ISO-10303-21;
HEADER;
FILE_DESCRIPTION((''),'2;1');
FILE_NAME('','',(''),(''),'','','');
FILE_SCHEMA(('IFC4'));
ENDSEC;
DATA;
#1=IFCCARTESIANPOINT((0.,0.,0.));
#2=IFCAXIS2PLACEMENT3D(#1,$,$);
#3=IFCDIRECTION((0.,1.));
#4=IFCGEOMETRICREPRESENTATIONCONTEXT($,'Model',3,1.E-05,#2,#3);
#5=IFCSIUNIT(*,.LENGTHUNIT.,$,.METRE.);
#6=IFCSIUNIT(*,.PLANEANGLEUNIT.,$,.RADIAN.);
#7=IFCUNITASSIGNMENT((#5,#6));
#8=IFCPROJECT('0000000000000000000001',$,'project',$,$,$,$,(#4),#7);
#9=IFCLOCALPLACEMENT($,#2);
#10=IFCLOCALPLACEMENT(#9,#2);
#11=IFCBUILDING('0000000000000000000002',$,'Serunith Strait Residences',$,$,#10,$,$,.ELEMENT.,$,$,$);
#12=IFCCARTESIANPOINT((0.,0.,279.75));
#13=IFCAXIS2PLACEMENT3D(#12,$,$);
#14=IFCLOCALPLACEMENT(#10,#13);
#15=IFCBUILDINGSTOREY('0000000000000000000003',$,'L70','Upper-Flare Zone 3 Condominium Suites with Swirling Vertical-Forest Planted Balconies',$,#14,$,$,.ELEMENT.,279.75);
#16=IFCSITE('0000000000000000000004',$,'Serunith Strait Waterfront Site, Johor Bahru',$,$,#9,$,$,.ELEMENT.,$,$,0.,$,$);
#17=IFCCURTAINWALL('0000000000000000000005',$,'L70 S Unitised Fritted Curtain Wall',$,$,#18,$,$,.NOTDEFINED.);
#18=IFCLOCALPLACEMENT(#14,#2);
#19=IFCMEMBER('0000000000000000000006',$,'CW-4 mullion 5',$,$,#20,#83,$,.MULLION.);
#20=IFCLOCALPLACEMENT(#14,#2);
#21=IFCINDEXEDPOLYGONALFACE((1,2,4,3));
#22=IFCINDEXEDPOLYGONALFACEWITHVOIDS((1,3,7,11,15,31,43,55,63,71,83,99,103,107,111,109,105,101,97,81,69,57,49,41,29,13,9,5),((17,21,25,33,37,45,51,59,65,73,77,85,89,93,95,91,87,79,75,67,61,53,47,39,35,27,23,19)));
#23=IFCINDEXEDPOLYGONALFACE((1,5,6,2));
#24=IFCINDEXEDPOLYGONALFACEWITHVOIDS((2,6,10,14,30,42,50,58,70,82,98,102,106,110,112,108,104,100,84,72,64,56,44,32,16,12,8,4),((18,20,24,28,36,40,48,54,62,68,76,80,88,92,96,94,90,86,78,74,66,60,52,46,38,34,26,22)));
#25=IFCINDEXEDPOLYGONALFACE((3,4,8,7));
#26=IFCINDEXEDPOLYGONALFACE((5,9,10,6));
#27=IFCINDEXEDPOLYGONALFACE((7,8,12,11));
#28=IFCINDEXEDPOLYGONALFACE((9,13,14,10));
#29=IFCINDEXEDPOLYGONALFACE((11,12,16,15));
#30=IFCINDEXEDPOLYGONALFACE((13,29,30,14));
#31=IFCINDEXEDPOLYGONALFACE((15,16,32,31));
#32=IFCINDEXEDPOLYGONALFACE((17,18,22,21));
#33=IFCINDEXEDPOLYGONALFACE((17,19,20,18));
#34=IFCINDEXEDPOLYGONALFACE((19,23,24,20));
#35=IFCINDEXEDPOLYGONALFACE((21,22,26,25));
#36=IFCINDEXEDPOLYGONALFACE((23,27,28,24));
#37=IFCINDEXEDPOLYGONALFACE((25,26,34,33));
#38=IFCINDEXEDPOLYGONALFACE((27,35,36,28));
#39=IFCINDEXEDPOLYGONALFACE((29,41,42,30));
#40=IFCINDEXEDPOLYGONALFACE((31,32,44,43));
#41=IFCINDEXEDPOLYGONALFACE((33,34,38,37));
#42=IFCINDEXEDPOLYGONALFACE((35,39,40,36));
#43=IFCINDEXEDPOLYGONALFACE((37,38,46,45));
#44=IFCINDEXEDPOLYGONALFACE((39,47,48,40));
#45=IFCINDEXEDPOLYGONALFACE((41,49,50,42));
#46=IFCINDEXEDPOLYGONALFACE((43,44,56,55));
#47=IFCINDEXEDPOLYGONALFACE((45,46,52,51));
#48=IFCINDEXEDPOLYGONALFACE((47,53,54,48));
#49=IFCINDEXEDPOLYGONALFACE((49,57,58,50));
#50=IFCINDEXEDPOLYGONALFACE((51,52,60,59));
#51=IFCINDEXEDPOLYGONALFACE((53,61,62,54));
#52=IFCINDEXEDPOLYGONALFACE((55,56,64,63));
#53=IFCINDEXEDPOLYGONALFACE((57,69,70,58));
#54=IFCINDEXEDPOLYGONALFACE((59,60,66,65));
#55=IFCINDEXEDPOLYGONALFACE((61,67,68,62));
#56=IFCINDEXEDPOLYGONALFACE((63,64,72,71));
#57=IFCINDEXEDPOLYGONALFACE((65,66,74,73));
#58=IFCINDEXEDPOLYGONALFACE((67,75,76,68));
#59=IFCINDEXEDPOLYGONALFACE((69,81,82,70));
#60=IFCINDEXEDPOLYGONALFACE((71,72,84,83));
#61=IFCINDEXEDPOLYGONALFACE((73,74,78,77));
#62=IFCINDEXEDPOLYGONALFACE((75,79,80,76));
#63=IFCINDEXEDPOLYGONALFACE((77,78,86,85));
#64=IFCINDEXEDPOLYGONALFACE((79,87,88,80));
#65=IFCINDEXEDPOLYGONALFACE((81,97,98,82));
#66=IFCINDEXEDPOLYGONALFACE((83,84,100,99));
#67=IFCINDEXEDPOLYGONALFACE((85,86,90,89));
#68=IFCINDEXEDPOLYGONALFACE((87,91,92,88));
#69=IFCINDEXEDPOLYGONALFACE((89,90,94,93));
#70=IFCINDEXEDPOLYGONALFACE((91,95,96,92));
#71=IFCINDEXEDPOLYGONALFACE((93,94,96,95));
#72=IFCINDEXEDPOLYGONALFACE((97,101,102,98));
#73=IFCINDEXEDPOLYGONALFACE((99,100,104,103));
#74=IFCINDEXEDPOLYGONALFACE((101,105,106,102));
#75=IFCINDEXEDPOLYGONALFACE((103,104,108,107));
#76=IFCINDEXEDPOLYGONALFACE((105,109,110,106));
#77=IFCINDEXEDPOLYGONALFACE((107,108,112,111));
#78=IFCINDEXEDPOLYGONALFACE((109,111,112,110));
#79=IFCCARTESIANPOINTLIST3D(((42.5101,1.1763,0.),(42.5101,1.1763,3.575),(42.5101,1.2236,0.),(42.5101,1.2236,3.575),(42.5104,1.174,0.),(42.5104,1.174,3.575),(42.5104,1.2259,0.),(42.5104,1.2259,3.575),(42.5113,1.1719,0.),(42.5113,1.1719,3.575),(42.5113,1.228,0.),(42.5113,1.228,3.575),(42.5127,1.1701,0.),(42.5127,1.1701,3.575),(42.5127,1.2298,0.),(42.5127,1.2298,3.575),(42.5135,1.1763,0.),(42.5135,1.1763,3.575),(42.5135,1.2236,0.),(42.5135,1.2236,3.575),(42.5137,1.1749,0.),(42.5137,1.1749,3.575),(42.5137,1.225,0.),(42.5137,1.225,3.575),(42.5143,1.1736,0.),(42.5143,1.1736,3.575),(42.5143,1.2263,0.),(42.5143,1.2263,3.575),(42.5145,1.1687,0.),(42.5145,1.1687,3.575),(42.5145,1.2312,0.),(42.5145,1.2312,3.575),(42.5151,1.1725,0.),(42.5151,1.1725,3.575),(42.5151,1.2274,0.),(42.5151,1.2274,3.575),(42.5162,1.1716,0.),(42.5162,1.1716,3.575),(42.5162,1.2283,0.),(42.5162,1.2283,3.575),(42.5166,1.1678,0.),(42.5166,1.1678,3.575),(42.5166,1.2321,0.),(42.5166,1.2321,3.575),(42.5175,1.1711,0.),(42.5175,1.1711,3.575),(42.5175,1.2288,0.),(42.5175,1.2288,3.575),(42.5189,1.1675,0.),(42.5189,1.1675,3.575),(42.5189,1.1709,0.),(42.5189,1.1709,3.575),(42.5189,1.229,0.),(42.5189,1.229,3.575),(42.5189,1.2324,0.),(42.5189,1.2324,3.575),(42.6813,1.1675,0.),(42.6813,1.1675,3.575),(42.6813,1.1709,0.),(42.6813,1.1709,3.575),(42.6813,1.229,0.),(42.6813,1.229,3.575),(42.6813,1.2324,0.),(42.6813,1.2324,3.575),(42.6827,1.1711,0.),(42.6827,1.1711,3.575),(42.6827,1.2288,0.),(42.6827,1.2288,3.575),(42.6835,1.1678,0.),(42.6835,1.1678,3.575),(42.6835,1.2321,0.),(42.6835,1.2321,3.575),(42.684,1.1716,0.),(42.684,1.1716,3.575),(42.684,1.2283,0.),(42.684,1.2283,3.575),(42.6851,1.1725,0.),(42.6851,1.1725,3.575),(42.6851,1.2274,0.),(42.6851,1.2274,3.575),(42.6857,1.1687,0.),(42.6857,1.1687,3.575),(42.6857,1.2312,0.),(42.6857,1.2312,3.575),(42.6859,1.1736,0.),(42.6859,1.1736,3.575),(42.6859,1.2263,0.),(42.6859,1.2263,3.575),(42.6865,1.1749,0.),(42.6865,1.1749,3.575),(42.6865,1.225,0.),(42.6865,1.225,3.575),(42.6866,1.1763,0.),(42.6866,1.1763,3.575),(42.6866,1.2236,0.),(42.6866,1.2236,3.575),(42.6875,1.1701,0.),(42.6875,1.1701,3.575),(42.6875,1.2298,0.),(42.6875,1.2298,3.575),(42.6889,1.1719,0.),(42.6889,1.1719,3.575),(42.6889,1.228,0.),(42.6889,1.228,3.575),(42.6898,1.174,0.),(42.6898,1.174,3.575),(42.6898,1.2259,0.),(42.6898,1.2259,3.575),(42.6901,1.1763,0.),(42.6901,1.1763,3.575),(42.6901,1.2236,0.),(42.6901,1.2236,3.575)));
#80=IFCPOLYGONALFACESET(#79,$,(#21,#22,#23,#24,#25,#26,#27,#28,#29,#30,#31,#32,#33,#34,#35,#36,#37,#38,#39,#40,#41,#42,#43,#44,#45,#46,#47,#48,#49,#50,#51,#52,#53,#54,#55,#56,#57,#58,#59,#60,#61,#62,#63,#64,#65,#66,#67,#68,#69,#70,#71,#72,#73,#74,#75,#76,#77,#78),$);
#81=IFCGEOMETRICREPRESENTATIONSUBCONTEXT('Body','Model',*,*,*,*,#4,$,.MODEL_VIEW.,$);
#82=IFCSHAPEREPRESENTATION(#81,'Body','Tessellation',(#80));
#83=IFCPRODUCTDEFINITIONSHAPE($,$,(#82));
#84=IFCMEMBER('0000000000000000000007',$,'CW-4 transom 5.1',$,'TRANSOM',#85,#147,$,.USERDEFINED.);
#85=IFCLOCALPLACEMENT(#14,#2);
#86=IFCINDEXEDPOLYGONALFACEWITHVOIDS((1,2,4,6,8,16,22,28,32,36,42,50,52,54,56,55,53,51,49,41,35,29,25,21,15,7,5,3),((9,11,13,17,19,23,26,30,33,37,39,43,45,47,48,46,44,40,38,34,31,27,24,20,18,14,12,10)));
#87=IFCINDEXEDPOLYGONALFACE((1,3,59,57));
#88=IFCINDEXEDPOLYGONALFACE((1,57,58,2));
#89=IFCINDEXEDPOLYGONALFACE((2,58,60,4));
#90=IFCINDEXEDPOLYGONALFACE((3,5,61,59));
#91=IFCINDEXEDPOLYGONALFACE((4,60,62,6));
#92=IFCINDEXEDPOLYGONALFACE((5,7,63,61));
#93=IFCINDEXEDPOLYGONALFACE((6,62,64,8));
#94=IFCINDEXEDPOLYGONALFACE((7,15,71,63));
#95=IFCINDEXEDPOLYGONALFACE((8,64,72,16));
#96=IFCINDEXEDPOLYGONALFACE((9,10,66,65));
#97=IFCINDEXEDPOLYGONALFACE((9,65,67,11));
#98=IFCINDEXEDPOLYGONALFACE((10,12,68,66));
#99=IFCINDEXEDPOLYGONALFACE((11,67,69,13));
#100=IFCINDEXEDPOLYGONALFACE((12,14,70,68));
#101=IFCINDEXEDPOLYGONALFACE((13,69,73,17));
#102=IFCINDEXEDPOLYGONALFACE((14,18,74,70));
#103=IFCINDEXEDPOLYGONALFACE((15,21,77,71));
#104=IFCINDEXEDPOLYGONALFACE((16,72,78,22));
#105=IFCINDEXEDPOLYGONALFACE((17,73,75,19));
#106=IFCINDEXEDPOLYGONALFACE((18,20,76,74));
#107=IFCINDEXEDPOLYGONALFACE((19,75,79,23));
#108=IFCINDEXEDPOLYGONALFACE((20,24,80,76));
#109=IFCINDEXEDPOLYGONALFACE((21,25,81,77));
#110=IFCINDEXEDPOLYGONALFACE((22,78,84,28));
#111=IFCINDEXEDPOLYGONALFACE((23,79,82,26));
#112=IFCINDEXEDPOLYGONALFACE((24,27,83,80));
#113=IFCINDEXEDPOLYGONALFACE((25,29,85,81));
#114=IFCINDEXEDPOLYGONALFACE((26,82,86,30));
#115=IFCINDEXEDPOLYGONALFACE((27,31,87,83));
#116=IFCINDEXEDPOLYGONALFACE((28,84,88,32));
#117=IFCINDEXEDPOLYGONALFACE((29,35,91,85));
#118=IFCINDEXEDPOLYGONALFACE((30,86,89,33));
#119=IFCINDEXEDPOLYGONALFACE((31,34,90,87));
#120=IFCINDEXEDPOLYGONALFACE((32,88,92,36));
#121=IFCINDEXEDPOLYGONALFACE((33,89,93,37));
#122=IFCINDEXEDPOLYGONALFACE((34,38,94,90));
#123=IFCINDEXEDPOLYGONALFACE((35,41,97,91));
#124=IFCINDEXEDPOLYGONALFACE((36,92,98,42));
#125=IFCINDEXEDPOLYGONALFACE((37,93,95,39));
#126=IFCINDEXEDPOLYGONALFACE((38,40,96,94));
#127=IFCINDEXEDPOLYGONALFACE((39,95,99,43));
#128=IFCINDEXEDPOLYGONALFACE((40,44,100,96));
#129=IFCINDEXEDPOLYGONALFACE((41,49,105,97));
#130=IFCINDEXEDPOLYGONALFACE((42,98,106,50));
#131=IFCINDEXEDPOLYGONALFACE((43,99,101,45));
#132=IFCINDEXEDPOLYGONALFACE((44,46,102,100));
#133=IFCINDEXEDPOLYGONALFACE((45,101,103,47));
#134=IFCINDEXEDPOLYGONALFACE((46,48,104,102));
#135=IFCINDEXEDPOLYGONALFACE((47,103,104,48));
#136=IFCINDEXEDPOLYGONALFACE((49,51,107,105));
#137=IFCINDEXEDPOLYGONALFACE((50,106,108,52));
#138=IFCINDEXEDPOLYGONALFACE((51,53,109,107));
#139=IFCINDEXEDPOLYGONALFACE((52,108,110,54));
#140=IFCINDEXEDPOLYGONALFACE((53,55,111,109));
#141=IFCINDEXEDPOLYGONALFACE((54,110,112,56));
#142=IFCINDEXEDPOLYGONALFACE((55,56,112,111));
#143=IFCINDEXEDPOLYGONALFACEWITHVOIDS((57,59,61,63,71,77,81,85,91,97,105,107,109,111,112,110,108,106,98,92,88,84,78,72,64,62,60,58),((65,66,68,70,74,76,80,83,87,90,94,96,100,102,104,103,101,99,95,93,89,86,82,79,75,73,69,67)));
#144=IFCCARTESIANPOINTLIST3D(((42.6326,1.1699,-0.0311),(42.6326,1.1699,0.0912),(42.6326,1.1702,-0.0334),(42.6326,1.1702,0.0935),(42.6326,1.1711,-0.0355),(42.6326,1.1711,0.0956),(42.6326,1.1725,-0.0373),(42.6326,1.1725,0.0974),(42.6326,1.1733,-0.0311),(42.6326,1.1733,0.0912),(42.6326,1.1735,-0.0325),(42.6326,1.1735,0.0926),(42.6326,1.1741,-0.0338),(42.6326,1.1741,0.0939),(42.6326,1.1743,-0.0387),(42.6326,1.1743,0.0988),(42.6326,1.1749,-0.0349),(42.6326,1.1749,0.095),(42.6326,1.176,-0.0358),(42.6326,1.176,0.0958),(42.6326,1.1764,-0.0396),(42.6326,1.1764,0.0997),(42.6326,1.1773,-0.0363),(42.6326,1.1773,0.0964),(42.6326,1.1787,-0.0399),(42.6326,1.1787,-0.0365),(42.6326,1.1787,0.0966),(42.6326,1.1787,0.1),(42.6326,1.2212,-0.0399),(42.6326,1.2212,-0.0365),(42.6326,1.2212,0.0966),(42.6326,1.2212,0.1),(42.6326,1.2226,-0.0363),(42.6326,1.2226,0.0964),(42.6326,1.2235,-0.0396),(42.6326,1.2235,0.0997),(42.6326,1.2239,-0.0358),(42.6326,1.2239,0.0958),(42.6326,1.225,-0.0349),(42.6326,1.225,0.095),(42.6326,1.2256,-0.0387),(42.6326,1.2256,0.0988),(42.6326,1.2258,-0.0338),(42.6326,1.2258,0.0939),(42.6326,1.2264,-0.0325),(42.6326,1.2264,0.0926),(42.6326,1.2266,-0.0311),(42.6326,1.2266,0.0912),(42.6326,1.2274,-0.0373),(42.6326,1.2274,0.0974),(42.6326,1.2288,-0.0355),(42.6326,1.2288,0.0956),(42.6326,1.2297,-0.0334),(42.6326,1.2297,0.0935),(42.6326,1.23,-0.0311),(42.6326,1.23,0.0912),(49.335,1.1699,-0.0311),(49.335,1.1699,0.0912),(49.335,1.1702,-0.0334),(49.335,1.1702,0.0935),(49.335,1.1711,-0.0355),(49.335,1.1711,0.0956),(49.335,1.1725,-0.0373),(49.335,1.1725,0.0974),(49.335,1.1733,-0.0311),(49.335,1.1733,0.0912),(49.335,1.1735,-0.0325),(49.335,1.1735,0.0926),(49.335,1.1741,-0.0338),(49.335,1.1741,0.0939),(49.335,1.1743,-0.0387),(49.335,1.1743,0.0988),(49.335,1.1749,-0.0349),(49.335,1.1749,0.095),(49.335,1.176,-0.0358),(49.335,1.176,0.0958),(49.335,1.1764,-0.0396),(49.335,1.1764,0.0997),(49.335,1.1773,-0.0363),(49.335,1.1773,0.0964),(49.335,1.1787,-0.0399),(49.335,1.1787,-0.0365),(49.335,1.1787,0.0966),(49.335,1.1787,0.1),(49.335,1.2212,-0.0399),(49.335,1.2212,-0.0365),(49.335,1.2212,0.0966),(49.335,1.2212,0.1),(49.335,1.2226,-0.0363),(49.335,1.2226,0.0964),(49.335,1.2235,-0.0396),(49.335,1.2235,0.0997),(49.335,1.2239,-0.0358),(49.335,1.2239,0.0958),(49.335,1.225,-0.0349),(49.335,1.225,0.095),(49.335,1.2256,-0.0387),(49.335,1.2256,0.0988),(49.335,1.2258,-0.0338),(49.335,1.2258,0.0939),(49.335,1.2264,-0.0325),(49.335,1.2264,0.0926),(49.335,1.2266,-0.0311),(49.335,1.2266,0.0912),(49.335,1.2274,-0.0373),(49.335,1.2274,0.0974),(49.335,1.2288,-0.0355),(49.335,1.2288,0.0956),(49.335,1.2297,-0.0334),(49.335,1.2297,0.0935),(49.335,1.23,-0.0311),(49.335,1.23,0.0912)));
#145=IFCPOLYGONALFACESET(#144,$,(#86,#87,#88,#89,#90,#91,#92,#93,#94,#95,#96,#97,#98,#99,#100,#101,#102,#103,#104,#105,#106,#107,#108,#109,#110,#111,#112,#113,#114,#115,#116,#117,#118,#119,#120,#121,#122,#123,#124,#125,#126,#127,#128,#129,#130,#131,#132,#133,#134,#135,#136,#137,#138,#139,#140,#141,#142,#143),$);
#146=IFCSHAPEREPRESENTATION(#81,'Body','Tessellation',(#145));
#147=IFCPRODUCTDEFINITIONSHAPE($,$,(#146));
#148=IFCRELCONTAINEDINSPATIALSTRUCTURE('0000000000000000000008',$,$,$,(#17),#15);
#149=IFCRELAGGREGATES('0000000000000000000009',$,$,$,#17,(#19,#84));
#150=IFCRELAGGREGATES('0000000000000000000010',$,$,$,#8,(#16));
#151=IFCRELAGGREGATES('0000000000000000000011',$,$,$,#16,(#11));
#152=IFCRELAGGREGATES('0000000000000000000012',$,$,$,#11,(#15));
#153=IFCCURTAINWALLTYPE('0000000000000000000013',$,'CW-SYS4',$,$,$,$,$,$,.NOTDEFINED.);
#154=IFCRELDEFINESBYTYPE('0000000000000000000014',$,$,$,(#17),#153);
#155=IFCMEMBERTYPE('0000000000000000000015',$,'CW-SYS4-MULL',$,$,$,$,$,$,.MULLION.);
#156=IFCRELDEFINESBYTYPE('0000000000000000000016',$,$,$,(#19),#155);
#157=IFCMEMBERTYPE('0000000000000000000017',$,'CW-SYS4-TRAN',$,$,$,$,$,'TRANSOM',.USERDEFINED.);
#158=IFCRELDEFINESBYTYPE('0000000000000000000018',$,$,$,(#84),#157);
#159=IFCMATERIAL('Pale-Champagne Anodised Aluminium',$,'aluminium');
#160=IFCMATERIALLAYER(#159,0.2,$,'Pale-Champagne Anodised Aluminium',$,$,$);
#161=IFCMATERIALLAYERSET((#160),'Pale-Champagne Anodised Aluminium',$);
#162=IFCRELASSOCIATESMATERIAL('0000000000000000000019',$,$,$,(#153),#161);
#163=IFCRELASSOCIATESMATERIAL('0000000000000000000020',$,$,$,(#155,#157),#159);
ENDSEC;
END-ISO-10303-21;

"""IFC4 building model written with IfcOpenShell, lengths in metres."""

from ifc_helpers import new_model, si_unit, direction, frame, origin, origin_2d, place, context, subcontext, project, spatial, hollow_rectangle, extrude, source, transform, mapped, material, layer, layer_set, material_profile, profile_set, type_object, element, aggregate, save


model = new_model("IFC4")

# Units and contexts
model_context = context("Model", 3, precision=1e-05, world=origin(), true_north=direction((0.0, 1.0)))
body_context = subcontext(model_context, "Body", "Model", "MODEL_VIEW")
ifc_project = project(units=[si_unit("LENGTHUNIT", "METRE"), si_unit("PLANEANGLEUNIT", "RADIAN")], contexts=[model_context])

# Site, building, storey
site_placement = place(None, origin())
site = spatial("IfcSite", under=ifc_project, at=site_placement, Name="Serunith Strait Waterfront Site, Johor Bahru", CompositionType="ELEMENT", RefElevation=0.0)
building_placement = place(site_placement, origin())
building = spatial("IfcBuilding", under=site, at=building_placement, Name="Serunith Strait Residences", CompositionType="ELEMENT")
storey_placement = place(building_placement, frame((0.0, 0.0, 279.75)))
storey = spatial("IfcBuildingStorey", under=building, at=storey_placement, Name="L70", Description="Upper-Flare Zone 3 Condominium Suites with Swirling Vertical-Forest Planted Balconies", CompositionType="ELEMENT", Elevation=279.75)

# Curtain wall, members
ifc_material_1 = material(Name="Pale-Champagne Anodised Aluminium", Category="aluminium")
ifc_layer_1 = layer(ifc_material_1, 0.2, Name="Pale-Champagne Anodised Aluminium")
ifc_layer_set_1 = layer_set([ifc_layer_1], Name="Pale-Champagne Anodised Aluminium")
curtain_wall_type = type_object("IfcCurtainWallType", Name="CW-SYS4", PredefinedType="NOTDEFINED", material=ifc_layer_set_1)
curtain_wall_placement = place(storey_placement, origin())
curtain_wall = element("IfcCurtainWall", 1, at=curtain_wall_placement, inside=storey, type_object=curtain_wall_type, Name="L70 S Unitised Fritted Curtain Wall", PredefinedType="NOTDEFINED")
ifc_material_profile_1 = material_profile(ifc_material_1, hollow_rectangle(XDim=0.0649, YDim=0.1799, WallThickness=0.0034, InnerFilletRadius=0.0054, OuterFilletRadius=0.0088, at=origin_2d()), Name="ALU 180x65x3.5")
ifc_profile_set_1 = profile_set([ifc_material_profile_1], Name="Pale-Champagne Anodised Aluminium")
member_type_1 = type_object("IfcMemberType", Name="CW-SYS4-MULL", PredefinedType="MULLION", material=ifc_profile_set_1)
shared_shape_1 = source(origin(), body_context, "Body", "SweptSolid", [
    extrude(hollow_rectangle(XDim=0.0649, YDim=0.1799, WallThickness=0.0034, InnerFilletRadius=0.0054, OuterFilletRadius=0.0088, at=origin_2d()), origin(), (0.0, 0.0, 1.0), 3.575),
])
member_1_placement = place(storey_placement, frame((42.6001, 1.2, 0.0), z_axis=(0.0, 0.0, 1.0), x_axis=(0.0, 1.0, 0.0)))
member_1 = element("IfcMember", 2, at=member_1_placement, type_object=member_type_1, Name="CW-4 mullion 5", PredefinedType="MULLION", context=body_context, shape_type="MappedRepresentation", body=[
    mapped(shared_shape_1, transform((0.0, 0.0, 0.0), scale=1.0)),
])
ifc_material_profile_2 = material_profile(ifc_material_1, hollow_rectangle(XDim=0.0601, YDim=0.1399, WallThickness=0.0034, InnerFilletRadius=0.0054, OuterFilletRadius=0.0088, at=origin_2d()), Name="ALU 140x60x3.5")
ifc_profile_set_2 = profile_set([ifc_material_profile_2], Name="Pale-Champagne Anodised Aluminium")
member_type_2 = type_object("IfcMemberType", Name="CW-SYS4-TRAN", ElementType="TRANSOM", PredefinedType="USERDEFINED", material=ifc_profile_set_2)
shared_shape_2 = source(origin(), body_context, "Body", "SweptSolid", [
    extrude(hollow_rectangle(XDim=0.0601, YDim=0.1399, WallThickness=0.0034, InnerFilletRadius=0.0054, OuterFilletRadius=0.0088, at=origin_2d()), origin(), (0.0, 0.0, 1.0), 6.7024),
])
member_2_placement = place(storey_placement, frame((42.6326, 1.2, 0.03), z_axis=(1.0, 0.0, 0.0), x_axis=(0.0, 1.0, 0.0)))
member_2 = element("IfcMember", 3, at=member_2_placement, type_object=member_type_2, Name="CW-4 transom 5.1", ObjectType="TRANSOM", PredefinedType="USERDEFINED", context=body_context, shape_type="MappedRepresentation", body=[
    mapped(shared_shape_2, transform((0.0, 0.0, 0.0), scale=1.0)),
])
aggregate(curtain_wall, [member_1, member_2])

save(model, "model.ifc")
